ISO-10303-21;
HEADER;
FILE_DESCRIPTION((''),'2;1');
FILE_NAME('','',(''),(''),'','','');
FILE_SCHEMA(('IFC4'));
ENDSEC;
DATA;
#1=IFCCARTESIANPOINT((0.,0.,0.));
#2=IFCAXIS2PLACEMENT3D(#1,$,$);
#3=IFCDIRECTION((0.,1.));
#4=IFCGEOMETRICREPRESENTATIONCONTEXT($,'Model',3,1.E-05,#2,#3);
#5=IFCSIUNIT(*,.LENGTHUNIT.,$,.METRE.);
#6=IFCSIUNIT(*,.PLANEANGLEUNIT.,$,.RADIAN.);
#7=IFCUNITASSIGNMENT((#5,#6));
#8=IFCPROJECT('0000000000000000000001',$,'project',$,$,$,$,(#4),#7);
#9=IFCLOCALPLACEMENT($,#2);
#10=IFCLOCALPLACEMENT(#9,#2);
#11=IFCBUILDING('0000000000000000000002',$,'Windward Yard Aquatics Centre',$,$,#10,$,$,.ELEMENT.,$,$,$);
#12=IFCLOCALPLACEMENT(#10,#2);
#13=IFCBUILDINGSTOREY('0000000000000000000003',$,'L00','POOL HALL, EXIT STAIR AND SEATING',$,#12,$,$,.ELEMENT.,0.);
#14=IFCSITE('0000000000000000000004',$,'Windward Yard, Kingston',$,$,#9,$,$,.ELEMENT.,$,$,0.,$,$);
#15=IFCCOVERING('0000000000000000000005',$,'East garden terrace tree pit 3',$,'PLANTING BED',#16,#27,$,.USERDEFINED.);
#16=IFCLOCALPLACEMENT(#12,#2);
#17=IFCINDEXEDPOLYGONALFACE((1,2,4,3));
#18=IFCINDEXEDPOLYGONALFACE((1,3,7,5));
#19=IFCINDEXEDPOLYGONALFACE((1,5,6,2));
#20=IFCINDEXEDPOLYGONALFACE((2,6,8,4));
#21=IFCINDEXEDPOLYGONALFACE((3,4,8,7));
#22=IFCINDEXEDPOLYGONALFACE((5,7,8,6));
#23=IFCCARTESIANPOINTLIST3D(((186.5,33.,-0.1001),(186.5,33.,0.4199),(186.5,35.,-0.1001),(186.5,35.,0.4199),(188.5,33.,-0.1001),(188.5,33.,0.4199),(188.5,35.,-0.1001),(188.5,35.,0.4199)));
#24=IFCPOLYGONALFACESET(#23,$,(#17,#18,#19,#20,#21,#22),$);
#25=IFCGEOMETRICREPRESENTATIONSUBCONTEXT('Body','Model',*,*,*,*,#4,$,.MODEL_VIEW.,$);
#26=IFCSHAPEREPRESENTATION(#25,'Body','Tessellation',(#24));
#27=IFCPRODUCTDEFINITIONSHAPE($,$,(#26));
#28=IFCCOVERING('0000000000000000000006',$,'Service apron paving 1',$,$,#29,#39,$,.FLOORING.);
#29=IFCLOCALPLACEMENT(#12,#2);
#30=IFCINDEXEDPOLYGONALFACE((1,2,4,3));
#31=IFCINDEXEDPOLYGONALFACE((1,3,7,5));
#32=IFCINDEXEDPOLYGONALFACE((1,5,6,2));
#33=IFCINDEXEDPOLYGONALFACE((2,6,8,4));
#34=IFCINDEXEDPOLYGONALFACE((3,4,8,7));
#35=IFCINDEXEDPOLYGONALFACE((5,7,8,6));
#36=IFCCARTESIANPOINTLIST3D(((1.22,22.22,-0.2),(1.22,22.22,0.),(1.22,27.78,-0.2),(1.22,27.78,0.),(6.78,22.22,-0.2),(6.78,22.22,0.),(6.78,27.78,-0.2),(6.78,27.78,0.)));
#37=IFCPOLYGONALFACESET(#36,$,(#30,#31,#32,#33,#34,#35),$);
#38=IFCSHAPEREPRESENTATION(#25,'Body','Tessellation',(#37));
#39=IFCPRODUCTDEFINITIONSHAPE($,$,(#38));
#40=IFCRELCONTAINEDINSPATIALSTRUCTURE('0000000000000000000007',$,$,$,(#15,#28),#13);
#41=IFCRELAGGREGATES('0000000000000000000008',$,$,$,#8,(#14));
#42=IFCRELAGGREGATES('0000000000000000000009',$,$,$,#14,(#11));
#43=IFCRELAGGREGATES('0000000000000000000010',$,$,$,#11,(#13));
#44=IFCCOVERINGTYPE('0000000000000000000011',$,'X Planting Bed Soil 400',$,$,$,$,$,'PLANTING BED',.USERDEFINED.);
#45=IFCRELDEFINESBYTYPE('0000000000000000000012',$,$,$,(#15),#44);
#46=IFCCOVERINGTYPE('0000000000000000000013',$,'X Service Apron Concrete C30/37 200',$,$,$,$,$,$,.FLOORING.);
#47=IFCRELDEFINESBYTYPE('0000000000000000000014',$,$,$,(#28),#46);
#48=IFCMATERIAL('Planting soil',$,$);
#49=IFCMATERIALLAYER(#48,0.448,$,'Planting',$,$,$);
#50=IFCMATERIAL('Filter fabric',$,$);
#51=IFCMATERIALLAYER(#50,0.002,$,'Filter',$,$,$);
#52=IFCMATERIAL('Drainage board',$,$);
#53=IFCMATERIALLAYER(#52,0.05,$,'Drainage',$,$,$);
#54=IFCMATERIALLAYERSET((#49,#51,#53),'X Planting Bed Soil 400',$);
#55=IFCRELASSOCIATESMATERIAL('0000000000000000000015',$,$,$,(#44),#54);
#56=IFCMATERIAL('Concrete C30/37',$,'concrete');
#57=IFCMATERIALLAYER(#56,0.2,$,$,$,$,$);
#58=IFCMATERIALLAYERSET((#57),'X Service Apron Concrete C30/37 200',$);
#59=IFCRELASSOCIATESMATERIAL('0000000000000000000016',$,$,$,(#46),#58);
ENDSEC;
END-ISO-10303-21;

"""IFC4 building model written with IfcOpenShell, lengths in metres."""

from ifc_helpers import new_model, si_unit, direction, frame, origin, place, context, subcontext, project, spatial, polyline, outline, extrude, material, layer, layer_set, type_object, element, save


model = new_model("IFC4")

# Units and contexts
model_context = context("Model", 3, precision=1e-05, world=origin(), true_north=direction((0.0, 1.0)))
body_context = subcontext(model_context, "Body", "Model", "MODEL_VIEW")
ifc_project = project(units=[si_unit("LENGTHUNIT", "METRE"), si_unit("PLANEANGLEUNIT", "RADIAN")], contexts=[model_context])

# Site, building, storey
site_placement = place(None, origin())
site = spatial("IfcSite", under=ifc_project, at=site_placement, Name="Windward Yard, Kingston", CompositionType="ELEMENT", RefElevation=0.0)
building_placement = place(site_placement, origin())
building = spatial("IfcBuilding", under=site, at=building_placement, Name="Windward Yard Aquatics Centre", CompositionType="ELEMENT")
storey_placement = place(building_placement, origin())
storey = spatial("IfcBuildingStorey", under=building, at=storey_placement, Name="L00", Description="POOL HALL, EXIT STAIR AND SEATING", CompositionType="ELEMENT", Elevation=0.0)

# Shared definitions
ifc_material_1 = material(Name="Concrete C30/37", Category="concrete")

# Coverings
ifc_material_2 = material(Name="Planting soil")
ifc_layer_1 = layer(ifc_material_2, 0.448, Name="Planting")
ifc_material_3 = material(Name="Filter fabric")
ifc_layer_2 = layer(ifc_material_3, 0.002, Name="Filter")
ifc_material_4 = material(Name="Drainage board")
ifc_layer_3 = layer(ifc_material_4, 0.05, Name="Drainage")
ifc_layer_set_1 = layer_set([ifc_layer_1, ifc_layer_2, ifc_layer_3], Name="X Planting Bed Soil 400")
covering_type_1 = type_object("IfcCoveringType", Name="X Planting Bed Soil 400", ElementType="PLANTING BED", PredefinedType="USERDEFINED", material=ifc_layer_set_1)
covering_1_placement = place(storey_placement, frame((0.0, 0.0, -0.1001)))
element("IfcCovering", 1, at=covering_1_placement, inside=storey, type_object=covering_type_1, Name="East garden terrace tree pit 3", ObjectType="PLANTING BED", PredefinedType="USERDEFINED", context=body_context, shape_type="SweptSolid", body=[
    extrude(outline(polyline([(186.5, 33.0), (188.5, 33.0), (188.5, 35.0), (186.5, 35.0), (186.5, 33.0)])), origin(), (0.0, 0.0, 1.0), 0.52),
])
ifc_layer_4 = layer(ifc_material_1, 0.2)
ifc_layer_set_2 = layer_set([ifc_layer_4], Name="X Service Apron Concrete C30/37 200")
covering_type_2 = type_object("IfcCoveringType", Name="X Service Apron Concrete C30/37 200", PredefinedType="FLOORING", material=ifc_layer_set_2)
covering_2_placement = place(storey_placement, frame((0.0, 0.0, -0.2)))
element("IfcCovering", 2, at=covering_2_placement, inside=storey, type_object=covering_type_2, Name="Service apron paving 1", PredefinedType="FLOORING", context=body_context, shape_type="SweptSolid", body=[
    extrude(outline(polyline([(1.22, 22.22), (6.78, 22.22), (6.78, 27.78), (1.22, 27.78), (1.22, 22.22)])), origin(), (0.0, 0.0, 1.0), 0.2),
])

save(model, "model.ifc")
